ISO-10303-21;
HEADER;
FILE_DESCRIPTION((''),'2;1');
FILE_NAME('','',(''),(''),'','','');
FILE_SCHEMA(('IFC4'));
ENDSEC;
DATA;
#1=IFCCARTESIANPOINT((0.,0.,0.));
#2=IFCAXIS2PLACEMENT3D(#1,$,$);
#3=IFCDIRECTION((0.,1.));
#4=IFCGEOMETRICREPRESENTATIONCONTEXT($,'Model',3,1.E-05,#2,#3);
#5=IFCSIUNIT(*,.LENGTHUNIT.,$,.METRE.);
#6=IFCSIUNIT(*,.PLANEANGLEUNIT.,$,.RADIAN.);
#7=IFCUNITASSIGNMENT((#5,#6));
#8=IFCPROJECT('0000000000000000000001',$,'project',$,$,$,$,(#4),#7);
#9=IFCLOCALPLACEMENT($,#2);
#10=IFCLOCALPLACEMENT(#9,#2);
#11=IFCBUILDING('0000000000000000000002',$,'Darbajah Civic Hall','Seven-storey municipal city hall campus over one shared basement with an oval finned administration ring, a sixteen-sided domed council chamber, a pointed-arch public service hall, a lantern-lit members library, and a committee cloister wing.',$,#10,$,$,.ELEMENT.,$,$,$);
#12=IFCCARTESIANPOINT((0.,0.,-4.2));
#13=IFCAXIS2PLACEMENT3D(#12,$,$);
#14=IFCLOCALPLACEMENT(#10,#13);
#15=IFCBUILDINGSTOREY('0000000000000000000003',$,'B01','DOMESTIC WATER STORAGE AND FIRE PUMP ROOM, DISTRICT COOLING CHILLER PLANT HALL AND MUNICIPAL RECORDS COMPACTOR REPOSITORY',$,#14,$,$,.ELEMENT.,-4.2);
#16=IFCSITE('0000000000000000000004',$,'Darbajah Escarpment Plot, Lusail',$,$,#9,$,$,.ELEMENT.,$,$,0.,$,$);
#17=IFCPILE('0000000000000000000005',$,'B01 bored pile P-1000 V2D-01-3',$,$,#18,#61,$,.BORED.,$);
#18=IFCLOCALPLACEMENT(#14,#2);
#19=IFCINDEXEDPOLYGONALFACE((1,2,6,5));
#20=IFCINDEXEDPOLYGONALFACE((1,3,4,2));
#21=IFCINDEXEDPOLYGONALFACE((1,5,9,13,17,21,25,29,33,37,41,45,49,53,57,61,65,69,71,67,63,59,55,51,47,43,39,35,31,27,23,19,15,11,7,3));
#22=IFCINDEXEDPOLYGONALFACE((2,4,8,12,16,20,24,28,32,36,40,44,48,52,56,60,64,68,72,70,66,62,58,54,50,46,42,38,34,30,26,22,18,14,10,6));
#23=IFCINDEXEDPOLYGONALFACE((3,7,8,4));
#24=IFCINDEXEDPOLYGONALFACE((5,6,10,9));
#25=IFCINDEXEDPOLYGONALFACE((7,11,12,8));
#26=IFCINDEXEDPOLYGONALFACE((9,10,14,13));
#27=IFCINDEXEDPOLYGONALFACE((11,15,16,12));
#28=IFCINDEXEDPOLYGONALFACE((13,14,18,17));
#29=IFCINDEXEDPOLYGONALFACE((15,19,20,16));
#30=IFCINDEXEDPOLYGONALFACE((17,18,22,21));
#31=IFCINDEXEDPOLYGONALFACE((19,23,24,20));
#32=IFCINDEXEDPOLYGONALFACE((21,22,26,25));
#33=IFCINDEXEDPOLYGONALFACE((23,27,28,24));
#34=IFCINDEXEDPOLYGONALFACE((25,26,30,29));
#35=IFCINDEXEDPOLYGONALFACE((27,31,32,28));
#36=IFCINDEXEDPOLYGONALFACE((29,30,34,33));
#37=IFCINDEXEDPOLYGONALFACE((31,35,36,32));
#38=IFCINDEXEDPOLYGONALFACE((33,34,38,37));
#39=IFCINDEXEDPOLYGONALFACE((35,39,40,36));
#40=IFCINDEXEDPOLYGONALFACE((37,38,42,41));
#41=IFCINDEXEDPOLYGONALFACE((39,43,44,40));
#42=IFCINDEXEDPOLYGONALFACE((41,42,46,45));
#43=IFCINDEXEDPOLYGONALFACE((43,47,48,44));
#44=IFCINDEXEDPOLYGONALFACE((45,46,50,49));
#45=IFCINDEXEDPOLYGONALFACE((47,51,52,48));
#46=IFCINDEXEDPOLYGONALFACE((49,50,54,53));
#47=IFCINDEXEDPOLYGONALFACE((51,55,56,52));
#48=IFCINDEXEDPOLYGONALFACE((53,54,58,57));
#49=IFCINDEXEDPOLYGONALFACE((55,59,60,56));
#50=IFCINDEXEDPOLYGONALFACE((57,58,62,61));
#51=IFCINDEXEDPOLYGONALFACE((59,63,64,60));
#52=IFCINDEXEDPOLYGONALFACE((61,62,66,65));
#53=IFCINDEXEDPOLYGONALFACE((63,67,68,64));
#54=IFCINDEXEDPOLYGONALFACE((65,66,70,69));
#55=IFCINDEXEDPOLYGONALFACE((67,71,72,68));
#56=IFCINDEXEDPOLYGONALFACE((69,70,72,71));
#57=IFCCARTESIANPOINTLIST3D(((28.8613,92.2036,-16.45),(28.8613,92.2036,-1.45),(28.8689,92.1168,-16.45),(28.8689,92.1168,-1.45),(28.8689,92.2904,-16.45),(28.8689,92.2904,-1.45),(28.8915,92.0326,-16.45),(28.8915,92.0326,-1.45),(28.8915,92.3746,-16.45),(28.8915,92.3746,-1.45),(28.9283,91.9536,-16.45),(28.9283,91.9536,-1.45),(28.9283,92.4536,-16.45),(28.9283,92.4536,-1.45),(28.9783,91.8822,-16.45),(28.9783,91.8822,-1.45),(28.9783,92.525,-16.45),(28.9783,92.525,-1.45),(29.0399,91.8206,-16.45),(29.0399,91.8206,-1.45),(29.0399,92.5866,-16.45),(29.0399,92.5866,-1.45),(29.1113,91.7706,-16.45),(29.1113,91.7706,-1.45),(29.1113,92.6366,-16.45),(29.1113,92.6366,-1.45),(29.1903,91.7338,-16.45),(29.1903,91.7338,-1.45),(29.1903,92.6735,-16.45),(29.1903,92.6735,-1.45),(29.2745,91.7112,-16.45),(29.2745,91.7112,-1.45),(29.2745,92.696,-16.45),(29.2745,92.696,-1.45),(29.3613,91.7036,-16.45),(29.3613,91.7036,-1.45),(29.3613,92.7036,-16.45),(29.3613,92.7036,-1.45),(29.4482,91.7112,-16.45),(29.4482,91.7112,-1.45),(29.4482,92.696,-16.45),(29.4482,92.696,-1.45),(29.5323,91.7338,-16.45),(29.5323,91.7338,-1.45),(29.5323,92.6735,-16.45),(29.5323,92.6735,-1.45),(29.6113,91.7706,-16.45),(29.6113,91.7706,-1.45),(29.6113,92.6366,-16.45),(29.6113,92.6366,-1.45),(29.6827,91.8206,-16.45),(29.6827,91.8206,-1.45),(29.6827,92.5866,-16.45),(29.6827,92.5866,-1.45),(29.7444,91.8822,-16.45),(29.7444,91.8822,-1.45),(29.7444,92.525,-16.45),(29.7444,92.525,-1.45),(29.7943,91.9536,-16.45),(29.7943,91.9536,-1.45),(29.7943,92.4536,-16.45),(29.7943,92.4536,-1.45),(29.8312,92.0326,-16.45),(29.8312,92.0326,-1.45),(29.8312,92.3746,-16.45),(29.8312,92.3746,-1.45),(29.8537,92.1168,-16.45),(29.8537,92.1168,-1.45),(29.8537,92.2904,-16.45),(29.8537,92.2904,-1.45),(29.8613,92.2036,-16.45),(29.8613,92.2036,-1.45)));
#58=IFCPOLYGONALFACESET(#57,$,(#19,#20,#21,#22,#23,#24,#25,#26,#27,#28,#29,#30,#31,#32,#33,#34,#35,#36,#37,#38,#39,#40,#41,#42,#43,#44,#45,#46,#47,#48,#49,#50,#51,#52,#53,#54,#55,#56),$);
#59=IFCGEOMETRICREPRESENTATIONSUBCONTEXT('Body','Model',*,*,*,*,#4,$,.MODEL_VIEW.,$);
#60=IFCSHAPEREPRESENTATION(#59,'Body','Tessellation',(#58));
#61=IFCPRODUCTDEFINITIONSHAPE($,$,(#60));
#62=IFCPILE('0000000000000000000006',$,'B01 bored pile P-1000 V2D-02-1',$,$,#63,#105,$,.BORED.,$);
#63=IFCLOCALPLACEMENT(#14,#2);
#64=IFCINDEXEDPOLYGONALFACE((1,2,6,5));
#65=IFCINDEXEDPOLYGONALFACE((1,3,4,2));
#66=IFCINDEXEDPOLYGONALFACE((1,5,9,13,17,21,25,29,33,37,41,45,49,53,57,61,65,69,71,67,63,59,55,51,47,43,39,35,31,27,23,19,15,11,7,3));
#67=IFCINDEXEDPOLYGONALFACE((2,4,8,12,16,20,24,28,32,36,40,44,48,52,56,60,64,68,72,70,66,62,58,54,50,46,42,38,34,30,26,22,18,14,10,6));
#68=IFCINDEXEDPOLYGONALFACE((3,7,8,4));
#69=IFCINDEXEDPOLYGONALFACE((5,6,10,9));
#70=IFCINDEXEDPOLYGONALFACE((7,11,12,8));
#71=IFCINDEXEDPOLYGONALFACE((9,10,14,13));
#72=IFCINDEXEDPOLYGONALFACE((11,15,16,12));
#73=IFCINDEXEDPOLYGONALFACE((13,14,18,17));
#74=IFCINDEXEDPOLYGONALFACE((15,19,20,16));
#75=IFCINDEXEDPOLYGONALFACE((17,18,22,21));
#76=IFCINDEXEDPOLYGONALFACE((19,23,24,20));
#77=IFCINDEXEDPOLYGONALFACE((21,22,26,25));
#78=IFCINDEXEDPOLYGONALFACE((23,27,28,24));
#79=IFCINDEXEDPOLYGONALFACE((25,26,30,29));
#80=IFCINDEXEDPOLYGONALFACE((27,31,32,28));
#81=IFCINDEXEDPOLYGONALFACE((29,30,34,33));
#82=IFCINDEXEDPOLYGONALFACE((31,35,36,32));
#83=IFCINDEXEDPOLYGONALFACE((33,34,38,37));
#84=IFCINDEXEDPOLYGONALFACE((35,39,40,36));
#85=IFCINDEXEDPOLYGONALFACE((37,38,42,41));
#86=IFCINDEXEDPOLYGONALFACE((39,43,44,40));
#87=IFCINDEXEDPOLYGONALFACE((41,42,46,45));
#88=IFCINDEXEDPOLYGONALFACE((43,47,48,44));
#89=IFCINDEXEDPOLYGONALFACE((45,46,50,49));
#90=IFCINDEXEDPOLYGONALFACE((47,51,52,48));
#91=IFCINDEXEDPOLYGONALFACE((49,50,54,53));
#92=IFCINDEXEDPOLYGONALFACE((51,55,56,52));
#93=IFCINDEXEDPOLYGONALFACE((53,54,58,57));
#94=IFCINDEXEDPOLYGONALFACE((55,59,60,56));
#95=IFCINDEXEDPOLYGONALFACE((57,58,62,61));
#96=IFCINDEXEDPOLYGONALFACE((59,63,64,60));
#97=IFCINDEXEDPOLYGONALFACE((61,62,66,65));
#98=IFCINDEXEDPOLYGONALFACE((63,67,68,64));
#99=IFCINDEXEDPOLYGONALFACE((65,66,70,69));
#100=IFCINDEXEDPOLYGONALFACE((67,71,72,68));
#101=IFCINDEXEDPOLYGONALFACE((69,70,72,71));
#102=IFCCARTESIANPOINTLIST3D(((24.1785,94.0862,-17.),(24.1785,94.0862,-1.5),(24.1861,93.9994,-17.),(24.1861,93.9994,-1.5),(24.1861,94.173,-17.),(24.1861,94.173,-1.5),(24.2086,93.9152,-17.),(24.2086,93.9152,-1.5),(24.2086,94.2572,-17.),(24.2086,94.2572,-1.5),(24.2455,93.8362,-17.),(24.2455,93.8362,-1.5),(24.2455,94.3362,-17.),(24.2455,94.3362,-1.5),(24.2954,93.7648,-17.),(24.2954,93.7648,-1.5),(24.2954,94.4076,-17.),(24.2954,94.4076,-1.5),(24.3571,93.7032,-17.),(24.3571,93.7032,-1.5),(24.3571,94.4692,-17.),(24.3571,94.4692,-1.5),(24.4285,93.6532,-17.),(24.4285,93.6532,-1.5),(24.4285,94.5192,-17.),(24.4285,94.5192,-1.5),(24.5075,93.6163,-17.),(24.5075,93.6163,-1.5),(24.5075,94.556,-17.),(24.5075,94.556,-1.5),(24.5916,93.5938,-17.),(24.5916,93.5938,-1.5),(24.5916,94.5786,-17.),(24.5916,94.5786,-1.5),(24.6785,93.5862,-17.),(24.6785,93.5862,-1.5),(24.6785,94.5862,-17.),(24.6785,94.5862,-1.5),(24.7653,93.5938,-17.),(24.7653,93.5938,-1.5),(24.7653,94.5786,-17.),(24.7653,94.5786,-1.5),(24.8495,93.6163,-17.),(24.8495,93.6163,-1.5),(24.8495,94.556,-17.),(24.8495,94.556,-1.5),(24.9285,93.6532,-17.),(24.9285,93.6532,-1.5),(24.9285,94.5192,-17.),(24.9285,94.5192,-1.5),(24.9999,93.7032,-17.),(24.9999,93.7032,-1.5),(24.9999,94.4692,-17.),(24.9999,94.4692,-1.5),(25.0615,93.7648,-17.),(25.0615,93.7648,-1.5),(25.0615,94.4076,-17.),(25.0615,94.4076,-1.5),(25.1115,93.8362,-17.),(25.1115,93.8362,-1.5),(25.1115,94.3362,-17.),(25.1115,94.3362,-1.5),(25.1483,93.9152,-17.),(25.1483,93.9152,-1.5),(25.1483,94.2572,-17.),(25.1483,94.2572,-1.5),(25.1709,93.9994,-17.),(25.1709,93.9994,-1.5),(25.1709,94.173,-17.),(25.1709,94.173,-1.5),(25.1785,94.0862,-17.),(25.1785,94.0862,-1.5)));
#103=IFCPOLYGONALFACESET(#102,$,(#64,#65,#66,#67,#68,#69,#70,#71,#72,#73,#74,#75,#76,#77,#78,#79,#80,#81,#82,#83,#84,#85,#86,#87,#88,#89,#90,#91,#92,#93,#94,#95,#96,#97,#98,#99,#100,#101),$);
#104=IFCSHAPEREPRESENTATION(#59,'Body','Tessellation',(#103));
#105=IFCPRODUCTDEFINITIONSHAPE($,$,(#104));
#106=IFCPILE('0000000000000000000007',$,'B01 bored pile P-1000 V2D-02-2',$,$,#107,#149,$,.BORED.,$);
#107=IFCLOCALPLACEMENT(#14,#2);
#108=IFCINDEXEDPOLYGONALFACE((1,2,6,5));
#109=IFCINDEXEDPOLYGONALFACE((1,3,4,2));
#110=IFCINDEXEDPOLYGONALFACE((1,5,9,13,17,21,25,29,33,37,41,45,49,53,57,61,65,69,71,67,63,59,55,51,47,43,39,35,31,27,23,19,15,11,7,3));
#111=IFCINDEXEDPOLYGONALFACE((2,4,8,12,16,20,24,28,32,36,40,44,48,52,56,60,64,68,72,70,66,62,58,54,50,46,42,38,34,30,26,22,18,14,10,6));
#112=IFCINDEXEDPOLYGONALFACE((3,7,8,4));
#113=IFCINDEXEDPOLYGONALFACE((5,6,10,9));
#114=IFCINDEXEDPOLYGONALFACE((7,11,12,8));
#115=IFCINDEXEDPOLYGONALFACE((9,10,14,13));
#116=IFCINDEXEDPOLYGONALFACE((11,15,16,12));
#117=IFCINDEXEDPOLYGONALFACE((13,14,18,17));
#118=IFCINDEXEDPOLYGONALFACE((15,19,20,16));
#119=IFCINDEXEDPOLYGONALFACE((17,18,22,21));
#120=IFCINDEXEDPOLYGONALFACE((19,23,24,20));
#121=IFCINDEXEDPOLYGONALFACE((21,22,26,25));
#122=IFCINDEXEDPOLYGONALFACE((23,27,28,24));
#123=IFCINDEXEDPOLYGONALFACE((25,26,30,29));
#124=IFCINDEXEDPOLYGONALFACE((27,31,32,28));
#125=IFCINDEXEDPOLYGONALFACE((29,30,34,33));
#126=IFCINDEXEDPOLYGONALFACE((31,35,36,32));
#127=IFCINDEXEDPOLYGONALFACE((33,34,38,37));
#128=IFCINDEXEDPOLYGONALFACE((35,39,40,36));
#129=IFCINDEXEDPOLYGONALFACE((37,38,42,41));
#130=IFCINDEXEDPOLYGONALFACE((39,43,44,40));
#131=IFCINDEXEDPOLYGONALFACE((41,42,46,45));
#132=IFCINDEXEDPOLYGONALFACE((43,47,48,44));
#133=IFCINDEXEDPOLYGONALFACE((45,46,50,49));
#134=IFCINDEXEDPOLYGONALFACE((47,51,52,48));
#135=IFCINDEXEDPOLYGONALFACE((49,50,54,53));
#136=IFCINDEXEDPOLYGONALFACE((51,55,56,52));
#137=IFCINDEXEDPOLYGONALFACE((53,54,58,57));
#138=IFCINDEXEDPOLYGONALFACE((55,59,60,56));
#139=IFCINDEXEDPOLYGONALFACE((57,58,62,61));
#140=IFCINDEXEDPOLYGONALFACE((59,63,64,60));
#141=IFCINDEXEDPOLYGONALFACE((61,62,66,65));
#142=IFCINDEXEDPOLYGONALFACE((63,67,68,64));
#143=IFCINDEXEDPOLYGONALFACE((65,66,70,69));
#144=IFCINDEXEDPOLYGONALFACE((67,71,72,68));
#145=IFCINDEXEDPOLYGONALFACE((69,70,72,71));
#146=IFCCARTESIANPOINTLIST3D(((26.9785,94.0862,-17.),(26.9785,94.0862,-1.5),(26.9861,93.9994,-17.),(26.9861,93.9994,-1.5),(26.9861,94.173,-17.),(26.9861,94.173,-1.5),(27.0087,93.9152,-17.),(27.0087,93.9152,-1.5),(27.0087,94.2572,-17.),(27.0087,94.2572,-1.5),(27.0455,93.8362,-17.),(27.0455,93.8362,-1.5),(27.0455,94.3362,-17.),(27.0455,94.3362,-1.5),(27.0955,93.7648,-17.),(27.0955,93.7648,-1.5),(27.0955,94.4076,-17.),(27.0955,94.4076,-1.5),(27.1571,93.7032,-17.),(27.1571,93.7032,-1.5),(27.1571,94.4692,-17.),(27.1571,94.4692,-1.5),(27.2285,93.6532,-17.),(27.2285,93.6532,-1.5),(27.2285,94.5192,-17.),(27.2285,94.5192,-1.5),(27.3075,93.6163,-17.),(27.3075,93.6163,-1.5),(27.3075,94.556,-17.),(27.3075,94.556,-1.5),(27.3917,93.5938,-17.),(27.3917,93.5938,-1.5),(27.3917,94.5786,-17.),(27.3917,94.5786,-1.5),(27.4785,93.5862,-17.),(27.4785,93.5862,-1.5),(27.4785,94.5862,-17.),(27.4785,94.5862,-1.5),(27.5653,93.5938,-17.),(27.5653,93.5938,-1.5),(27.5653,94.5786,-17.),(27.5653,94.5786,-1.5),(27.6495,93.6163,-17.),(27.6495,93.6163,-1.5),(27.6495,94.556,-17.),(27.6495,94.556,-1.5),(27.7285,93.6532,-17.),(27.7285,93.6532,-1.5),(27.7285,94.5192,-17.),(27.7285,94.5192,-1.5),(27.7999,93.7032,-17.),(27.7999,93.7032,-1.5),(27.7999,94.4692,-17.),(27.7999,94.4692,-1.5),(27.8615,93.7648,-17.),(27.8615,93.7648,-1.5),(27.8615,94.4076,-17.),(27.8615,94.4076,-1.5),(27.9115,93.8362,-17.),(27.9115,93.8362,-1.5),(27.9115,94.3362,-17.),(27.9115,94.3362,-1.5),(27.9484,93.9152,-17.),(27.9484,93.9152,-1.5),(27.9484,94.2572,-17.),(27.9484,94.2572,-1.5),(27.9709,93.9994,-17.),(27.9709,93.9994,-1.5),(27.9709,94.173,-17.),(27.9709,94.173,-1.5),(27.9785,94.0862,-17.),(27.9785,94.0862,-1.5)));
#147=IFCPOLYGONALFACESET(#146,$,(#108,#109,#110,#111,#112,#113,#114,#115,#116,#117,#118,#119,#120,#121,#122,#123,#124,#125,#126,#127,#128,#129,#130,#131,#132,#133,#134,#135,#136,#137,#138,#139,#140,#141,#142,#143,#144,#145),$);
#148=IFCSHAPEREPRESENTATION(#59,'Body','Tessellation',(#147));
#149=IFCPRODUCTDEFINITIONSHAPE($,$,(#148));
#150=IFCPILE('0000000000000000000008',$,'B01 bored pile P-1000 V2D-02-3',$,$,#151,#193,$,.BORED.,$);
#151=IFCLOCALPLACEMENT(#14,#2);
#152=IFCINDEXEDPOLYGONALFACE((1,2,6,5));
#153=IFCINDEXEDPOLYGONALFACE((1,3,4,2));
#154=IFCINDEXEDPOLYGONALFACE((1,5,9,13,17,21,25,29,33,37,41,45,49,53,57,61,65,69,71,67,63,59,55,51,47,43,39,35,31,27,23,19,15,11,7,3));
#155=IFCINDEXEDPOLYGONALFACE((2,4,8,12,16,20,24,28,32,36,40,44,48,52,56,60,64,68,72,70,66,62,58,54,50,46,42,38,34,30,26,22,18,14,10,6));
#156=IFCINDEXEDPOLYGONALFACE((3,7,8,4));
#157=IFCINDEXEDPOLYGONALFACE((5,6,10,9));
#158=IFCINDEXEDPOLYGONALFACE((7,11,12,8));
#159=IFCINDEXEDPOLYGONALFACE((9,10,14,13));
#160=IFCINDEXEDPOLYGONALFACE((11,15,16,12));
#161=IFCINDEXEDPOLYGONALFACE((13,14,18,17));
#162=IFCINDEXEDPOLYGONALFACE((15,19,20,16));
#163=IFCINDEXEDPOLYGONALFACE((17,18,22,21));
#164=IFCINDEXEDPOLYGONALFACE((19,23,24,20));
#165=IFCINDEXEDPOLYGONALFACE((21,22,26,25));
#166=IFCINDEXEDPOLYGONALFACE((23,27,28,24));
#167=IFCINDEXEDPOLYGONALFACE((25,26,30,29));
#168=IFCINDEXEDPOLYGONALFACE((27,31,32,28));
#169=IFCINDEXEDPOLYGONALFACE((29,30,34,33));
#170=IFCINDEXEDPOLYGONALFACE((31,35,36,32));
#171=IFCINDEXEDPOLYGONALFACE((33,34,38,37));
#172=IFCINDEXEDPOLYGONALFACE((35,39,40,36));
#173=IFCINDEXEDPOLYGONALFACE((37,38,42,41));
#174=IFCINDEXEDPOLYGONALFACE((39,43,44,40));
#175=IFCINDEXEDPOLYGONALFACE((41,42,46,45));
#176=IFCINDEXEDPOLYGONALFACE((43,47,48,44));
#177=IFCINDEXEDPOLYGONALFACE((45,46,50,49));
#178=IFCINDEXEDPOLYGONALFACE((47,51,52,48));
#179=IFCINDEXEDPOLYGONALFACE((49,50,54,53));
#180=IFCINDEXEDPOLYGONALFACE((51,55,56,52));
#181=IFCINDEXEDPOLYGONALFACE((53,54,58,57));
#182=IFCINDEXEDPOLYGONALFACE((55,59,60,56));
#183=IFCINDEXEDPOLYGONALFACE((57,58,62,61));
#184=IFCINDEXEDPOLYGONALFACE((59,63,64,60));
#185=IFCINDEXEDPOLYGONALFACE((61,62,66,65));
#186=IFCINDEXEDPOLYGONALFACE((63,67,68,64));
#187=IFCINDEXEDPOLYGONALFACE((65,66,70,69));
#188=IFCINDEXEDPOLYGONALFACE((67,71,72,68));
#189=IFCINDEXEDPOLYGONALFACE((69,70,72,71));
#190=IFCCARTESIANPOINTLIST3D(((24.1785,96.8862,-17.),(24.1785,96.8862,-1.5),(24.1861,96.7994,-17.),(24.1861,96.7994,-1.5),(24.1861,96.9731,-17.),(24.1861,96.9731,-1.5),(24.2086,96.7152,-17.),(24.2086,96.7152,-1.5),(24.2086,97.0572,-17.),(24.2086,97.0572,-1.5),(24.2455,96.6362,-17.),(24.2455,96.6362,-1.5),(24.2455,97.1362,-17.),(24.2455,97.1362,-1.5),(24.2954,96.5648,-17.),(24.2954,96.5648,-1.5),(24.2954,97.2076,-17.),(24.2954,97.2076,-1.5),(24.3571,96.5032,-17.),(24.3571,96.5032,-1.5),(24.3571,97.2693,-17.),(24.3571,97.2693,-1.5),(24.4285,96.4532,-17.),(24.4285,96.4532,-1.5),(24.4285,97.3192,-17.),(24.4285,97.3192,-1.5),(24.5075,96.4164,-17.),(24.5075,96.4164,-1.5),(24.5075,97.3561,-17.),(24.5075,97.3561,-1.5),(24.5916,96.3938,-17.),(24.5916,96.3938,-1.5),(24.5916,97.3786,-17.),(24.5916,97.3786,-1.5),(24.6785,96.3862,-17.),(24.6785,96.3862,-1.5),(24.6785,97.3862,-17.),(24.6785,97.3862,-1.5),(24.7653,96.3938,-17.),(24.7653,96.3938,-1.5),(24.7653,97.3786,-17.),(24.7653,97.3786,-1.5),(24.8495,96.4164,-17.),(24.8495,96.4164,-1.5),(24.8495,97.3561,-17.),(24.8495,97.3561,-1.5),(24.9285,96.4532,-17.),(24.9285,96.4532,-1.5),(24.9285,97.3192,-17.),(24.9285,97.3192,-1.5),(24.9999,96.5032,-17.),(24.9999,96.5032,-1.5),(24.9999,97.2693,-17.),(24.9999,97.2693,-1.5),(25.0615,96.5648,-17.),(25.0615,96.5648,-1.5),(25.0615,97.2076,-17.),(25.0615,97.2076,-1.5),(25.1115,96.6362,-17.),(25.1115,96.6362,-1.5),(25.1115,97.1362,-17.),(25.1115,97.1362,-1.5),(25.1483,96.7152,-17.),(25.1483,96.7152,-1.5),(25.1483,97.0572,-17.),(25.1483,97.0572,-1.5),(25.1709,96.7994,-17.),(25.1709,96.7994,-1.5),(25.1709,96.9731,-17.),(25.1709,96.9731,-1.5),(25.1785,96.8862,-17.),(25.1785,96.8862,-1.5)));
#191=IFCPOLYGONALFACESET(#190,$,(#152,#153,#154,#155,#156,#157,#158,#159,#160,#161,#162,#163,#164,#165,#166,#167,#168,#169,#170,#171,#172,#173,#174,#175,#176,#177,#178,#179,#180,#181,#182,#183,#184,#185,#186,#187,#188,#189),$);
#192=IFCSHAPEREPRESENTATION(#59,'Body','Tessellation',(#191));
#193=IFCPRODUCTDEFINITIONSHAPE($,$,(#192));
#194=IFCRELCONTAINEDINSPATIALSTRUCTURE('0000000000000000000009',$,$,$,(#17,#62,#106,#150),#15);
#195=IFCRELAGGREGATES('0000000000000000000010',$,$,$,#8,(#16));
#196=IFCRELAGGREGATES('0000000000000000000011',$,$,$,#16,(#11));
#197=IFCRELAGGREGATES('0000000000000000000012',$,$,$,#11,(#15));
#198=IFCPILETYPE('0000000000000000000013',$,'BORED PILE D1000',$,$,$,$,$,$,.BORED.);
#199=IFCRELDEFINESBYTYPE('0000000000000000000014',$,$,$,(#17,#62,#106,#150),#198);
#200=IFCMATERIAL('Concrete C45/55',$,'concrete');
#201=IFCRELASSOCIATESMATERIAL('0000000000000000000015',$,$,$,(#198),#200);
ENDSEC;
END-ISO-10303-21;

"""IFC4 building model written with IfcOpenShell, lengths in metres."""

from ifc_helpers import new_model, si_unit, direction, frame, origin, origin_2d, place, context, subcontext, project, spatial, circle, extrude, material, material_profile, profile_set, type_object, element, save


model = new_model("IFC4")

# Units and contexts
model_context = context("Model", 3, precision=1e-05, world=origin(), true_north=direction((0.0, 1.0)))
body_context = subcontext(model_context, "Body", "Model", "MODEL_VIEW")
ifc_project = project(units=[si_unit("LENGTHUNIT", "METRE"), si_unit("PLANEANGLEUNIT", "RADIAN")], contexts=[model_context])

# Site, building, storey
site_placement = place(None, origin())
site = spatial("IfcSite", under=ifc_project, at=site_placement, Name="Darbajah Escarpment Plot, Lusail", CompositionType="ELEMENT", RefElevation=0.0)
building_placement = place(site_placement, origin())
building = spatial("IfcBuilding", under=site, at=building_placement, Name="Darbajah Civic Hall", Description="Seven-storey municipal city hall campus over one shared basement with an oval finned administration ring, a sixteen-sided domed council chamber, a pointed-arch public service hall, a lantern-lit members library, and a committee cloister wing.", CompositionType="ELEMENT")
storey_placement = place(building_placement, frame((0.0, 0.0, -4.2)))
storey = spatial("IfcBuildingStorey", under=building, at=storey_placement, Name="B01", Description="DOMESTIC WATER STORAGE AND FIRE PUMP ROOM, DISTRICT COOLING CHILLER PLANT HALL AND MUNICIPAL RECORDS COMPACTOR REPOSITORY", CompositionType="ELEMENT", Elevation=-4.2)

# Piles
ifc_material_1 = material(Name="Concrete C45/55", Category="concrete")
ifc_material_profile_1 = material_profile(ifc_material_1, circle(Radius=0.5, at=origin_2d()), Name="BORED PILE D1000")
ifc_profile_set_1 = profile_set([ifc_material_profile_1], Name="Concrete C45/55")
pile_type = type_object("IfcPileType", Name="BORED PILE D1000", PredefinedType="BORED", material=ifc_profile_set_1)
pile_placement = place(storey_placement, frame((29.3613, 92.2036, -1.45), z_axis=(0.0, 0.0, -1.0), x_axis=(1.0, 0.0, 0.0)))
element("IfcPile", 1, at=pile_placement, inside=storey, type_object=pile_type, Name="B01 bored pile P-1000 V2D-01-3", PredefinedType="BORED", context=body_context, shape_type="SweptSolid", body=[
    extrude(circle(Radius=0.5, at=origin_2d()), origin(), (0.0, 0.0, 1.0), 15.0),
])
for number, where, z_axis, x_axis, name in (
    (2, (24.6785, 94.0862, -1.5), (0.0, 0.0, -1.0), (1.0, 0.0, 0.0), "B01 bored pile P-1000 V2D-02-1"),
    (3, (27.4785, 94.0862, -1.5), (0.0, 0.0, -1.0), (1.0, 0.0, 0.0), "B01 bored pile P-1000 V2D-02-2"),
    (4, (24.6785, 96.8862, -1.5), (0.0, 0.0, -1.0), (1.0, 0.0, 0.0), "B01 bored pile P-1000 V2D-02-3"),
):
    element("IfcPile", number, at=place(storey_placement, frame(where, z_axis=z_axis, x_axis=x_axis)), inside=storey, type_object=pile_type, Name=name, PredefinedType="BORED", context=body_context, shape_type="SweptSolid", body=[
        extrude(circle(Radius=0.5, at=origin_2d()), origin(), (0.0, 0.0, 1.0), 15.5),
    ])

save(model, "model.ifc")
